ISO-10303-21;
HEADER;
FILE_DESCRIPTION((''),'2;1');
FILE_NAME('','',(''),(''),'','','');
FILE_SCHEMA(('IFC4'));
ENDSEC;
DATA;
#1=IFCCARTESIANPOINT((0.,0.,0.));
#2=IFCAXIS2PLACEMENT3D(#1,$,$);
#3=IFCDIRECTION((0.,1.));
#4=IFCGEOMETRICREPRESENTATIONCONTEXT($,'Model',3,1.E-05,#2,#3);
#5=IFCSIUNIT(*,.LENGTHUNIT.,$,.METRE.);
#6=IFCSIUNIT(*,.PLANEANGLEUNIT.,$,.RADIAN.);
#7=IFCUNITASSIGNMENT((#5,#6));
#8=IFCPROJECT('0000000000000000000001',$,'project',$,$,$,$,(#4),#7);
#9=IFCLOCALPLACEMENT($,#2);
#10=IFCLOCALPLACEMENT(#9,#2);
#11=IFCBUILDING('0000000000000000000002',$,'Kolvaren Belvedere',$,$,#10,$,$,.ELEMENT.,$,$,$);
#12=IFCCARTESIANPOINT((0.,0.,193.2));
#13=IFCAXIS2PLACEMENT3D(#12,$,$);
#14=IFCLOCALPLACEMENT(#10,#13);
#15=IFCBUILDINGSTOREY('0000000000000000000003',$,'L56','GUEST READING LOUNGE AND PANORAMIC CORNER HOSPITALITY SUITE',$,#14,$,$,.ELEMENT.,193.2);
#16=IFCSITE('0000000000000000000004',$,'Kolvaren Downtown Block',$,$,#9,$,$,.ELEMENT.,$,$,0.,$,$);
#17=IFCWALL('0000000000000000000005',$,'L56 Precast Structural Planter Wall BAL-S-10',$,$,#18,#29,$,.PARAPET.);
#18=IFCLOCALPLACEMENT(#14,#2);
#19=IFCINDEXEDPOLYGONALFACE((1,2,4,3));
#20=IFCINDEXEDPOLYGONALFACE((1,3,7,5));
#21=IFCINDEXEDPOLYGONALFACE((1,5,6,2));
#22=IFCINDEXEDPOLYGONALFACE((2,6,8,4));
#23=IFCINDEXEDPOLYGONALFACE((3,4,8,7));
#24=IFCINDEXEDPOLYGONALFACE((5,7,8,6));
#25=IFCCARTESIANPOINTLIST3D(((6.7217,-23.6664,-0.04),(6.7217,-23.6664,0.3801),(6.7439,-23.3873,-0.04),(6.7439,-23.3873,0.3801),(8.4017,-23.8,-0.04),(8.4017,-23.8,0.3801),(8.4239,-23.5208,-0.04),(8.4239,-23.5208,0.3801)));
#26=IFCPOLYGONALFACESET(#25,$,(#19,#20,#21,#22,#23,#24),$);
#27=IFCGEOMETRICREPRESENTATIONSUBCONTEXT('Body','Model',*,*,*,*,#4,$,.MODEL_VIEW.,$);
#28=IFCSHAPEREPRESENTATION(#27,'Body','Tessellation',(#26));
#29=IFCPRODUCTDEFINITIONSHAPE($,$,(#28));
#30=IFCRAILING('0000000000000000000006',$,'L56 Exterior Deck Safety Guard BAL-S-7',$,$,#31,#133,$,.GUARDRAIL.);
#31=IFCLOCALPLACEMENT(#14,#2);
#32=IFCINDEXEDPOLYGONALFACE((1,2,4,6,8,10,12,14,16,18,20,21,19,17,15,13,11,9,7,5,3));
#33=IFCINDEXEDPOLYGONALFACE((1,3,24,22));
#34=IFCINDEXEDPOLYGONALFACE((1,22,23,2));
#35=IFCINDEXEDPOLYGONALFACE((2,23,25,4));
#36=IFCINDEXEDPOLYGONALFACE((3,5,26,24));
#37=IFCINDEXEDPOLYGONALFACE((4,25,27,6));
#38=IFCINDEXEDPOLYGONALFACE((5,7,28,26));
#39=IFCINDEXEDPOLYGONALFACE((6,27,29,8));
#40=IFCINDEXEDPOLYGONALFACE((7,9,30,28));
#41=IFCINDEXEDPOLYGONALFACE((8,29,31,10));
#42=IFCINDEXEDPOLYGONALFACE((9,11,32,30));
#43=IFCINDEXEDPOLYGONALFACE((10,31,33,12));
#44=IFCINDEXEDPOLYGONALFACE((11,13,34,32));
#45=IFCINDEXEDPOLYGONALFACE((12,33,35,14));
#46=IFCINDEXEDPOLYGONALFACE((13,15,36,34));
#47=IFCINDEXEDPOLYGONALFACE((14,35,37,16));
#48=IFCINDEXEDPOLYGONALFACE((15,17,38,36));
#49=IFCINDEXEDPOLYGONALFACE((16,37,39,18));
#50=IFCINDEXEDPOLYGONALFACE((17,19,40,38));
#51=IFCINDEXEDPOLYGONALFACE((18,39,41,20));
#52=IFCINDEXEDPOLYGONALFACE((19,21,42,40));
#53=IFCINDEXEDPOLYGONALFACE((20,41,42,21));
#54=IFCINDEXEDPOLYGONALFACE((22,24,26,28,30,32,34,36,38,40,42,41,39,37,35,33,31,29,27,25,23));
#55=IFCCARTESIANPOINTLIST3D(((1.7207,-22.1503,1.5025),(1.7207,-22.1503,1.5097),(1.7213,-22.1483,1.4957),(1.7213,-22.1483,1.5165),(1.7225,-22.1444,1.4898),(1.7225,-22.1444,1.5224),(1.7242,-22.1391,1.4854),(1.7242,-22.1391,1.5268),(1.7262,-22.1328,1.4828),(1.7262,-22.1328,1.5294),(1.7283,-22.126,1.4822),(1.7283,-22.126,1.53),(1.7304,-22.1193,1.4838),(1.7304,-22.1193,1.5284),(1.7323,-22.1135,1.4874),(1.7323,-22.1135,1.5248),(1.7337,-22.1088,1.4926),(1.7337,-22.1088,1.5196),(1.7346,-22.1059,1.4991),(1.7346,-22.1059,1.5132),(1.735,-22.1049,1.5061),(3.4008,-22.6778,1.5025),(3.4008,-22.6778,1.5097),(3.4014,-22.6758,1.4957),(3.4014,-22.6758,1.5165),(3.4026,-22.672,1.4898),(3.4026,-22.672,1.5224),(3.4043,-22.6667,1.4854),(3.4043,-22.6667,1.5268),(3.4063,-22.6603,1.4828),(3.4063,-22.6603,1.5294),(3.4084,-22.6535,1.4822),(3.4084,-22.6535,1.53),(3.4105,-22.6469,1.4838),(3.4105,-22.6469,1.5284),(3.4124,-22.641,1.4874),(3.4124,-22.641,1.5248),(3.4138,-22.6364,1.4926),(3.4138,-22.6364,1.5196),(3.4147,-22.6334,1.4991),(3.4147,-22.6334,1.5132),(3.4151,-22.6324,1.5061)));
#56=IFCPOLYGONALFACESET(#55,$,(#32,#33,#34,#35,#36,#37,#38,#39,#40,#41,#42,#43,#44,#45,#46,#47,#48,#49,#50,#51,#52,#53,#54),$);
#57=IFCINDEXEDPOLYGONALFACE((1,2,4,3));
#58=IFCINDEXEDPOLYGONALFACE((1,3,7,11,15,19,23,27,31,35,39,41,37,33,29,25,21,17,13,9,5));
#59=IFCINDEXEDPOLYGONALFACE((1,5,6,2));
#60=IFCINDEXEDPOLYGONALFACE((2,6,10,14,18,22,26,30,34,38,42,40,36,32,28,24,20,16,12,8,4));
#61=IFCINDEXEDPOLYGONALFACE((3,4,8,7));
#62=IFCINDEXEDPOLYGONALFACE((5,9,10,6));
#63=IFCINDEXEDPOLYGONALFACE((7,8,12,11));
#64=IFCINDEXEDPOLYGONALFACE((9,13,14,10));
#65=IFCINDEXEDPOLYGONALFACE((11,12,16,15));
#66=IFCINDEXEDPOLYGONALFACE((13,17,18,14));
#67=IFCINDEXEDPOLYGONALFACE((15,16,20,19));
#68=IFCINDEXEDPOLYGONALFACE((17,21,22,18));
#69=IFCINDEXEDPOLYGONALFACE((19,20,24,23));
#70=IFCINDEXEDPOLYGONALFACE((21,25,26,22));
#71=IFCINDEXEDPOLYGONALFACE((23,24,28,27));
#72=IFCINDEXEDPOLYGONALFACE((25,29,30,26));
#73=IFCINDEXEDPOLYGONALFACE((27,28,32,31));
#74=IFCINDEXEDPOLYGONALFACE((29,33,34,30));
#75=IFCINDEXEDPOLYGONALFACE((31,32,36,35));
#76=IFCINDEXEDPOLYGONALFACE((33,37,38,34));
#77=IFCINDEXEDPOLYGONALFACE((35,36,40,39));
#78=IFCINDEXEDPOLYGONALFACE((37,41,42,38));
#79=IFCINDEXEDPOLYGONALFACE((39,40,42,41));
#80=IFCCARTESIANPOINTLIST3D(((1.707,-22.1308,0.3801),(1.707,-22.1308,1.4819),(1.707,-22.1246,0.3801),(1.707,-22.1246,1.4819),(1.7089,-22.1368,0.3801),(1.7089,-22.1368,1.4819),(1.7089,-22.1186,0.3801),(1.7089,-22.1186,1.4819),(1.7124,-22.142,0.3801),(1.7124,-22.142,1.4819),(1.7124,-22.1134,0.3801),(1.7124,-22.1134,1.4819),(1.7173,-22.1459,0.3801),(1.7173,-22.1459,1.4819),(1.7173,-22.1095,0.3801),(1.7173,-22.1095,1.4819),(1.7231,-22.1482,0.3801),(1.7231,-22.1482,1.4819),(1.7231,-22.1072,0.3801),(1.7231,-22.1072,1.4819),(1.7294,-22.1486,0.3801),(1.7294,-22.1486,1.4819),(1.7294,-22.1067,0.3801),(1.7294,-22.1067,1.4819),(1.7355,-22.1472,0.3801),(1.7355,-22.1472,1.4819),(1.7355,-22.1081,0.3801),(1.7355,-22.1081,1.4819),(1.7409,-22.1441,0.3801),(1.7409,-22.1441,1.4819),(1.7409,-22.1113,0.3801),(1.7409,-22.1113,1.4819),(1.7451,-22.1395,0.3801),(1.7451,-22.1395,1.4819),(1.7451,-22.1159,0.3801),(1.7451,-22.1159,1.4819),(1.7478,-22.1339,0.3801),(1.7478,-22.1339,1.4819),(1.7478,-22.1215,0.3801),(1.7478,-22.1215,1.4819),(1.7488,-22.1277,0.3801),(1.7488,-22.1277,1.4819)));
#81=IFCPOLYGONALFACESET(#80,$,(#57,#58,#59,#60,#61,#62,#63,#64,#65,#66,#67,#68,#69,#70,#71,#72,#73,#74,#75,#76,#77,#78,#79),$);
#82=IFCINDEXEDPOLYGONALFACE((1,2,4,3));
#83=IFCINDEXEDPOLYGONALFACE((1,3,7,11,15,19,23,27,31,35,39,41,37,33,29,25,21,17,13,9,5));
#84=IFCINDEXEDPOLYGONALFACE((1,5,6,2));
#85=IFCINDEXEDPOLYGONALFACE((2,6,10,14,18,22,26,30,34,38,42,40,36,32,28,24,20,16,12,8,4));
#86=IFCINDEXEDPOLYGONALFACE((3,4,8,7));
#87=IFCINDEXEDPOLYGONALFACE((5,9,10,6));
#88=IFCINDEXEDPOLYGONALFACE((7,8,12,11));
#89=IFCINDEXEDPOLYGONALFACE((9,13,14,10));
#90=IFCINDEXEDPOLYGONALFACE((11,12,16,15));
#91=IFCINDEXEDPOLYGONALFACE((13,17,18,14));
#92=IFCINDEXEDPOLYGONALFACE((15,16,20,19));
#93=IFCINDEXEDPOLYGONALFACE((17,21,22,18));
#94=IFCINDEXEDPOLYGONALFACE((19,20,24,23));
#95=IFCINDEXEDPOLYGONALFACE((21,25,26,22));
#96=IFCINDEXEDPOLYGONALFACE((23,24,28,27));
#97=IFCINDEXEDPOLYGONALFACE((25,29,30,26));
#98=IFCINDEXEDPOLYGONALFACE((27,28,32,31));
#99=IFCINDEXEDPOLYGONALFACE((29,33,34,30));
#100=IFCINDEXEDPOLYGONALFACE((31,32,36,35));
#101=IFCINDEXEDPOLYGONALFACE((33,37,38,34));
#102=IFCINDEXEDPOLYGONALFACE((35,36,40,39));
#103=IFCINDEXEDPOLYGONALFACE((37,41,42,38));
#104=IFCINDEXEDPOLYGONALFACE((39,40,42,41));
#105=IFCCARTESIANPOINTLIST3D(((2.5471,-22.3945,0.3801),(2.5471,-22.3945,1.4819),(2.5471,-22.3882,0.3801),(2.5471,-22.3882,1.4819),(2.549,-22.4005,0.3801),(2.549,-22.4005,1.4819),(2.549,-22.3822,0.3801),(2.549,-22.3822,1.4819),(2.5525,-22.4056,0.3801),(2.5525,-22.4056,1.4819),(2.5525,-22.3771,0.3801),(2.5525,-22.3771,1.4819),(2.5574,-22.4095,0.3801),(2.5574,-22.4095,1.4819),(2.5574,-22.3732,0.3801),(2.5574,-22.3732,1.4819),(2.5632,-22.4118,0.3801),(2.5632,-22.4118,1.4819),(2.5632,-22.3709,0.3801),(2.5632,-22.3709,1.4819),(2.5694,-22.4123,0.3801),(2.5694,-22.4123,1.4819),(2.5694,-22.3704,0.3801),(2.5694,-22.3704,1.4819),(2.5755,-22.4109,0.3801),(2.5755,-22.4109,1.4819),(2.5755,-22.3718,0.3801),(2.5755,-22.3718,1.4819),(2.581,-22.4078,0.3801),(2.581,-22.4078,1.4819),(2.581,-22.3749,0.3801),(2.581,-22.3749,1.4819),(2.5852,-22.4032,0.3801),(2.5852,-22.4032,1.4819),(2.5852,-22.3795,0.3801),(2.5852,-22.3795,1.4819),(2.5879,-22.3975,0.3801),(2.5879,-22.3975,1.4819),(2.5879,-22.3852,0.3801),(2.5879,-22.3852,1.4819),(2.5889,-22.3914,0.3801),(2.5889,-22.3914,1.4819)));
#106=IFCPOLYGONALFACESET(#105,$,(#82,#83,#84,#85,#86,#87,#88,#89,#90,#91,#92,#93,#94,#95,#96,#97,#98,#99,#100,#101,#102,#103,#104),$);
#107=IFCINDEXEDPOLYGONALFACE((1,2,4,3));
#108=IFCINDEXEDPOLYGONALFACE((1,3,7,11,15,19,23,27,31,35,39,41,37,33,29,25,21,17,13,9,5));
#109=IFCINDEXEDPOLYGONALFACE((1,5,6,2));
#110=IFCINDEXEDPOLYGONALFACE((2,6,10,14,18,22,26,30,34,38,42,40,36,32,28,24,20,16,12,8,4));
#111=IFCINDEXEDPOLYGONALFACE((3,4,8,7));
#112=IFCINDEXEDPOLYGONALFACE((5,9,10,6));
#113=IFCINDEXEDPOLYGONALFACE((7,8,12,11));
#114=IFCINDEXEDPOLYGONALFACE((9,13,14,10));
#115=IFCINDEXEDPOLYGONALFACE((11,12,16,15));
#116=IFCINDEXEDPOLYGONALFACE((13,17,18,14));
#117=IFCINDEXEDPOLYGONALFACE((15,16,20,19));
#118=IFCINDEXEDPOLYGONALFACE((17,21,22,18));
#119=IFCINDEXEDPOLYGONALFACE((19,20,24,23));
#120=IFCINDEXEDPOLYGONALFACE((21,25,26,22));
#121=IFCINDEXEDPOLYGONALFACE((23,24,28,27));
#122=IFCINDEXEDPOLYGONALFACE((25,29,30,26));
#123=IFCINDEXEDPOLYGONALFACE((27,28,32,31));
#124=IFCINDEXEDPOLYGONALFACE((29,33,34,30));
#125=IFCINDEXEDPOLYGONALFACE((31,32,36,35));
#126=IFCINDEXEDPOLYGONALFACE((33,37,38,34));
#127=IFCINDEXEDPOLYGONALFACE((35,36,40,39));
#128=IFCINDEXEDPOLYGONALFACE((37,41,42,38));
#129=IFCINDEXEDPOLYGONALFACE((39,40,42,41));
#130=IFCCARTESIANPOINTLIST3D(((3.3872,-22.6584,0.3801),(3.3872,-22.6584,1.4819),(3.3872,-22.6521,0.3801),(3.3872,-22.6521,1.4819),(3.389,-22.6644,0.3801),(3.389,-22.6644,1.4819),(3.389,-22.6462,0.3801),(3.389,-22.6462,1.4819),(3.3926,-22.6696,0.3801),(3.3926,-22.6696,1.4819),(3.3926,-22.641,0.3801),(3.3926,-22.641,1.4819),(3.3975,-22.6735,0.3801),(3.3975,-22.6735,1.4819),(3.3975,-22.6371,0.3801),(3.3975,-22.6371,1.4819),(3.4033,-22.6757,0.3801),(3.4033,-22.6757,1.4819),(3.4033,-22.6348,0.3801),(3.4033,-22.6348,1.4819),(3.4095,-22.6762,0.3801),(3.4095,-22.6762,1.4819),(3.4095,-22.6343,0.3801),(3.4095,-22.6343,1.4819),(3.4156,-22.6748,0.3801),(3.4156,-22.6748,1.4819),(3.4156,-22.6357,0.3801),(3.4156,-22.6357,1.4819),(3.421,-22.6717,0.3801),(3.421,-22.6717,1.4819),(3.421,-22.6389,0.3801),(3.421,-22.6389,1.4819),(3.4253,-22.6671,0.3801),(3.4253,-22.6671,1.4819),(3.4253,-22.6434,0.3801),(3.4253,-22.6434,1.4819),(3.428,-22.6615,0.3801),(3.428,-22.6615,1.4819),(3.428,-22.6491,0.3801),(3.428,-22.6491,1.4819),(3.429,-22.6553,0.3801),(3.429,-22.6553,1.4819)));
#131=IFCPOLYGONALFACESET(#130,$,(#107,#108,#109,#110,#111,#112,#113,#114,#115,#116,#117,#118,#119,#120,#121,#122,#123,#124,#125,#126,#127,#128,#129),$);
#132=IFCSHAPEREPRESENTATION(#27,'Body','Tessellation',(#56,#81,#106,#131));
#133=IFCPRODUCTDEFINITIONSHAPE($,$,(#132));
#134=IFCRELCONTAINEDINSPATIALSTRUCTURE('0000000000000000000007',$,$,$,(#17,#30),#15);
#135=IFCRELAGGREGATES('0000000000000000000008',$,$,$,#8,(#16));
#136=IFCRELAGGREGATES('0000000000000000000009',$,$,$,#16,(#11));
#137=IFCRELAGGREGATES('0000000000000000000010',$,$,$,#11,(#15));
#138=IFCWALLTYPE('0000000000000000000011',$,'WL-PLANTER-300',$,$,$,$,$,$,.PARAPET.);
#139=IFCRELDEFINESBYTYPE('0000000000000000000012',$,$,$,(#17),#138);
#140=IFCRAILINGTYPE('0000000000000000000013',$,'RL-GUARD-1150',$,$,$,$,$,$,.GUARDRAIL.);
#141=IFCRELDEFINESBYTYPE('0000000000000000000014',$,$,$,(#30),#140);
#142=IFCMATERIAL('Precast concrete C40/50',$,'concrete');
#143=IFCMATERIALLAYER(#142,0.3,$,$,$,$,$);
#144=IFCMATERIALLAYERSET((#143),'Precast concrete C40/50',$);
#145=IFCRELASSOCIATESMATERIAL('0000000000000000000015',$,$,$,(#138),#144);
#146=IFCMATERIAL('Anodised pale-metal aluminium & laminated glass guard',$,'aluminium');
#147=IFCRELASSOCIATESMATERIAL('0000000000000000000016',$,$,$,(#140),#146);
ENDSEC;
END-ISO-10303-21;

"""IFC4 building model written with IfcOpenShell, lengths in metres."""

from ifc_helpers import new_model, si_unit, direction, frame, frame_2d, origin, origin_2d, place, context, subcontext, project, spatial, rectangle, circle, extrude, material, layer, layer_set, type_object, element, save


model = new_model("IFC4")

# Units and contexts
model_context = context("Model", 3, precision=1e-05, world=origin(), true_north=direction((0.0, 1.0)))
body_context = subcontext(model_context, "Body", "Model", "MODEL_VIEW")
ifc_project = project(units=[si_unit("LENGTHUNIT", "METRE"), si_unit("PLANEANGLEUNIT", "RADIAN")], contexts=[model_context])

# Site, building, storey
site_placement = place(None, origin())
site = spatial("IfcSite", under=ifc_project, at=site_placement, Name="Kolvaren Downtown Block", CompositionType="ELEMENT", RefElevation=0.0)
building_placement = place(site_placement, origin())
building = spatial("IfcBuilding", under=site, at=building_placement, Name="Kolvaren Belvedere", CompositionType="ELEMENT")
storey_placement = place(building_placement, frame((0.0, 0.0, 193.2)))
storey = spatial("IfcBuildingStorey", under=building, at=storey_placement, Name="L56", Description="GUEST READING LOUNGE AND PANORAMIC CORNER HOSPITALITY SUITE", CompositionType="ELEMENT", Elevation=193.2)

# Wall
ifc_material_1 = material(Name="Precast concrete C40/50", Category="concrete")
ifc_layer_1 = layer(ifc_material_1, 0.3)
ifc_layer_set_1 = layer_set([ifc_layer_1], Name="Precast concrete C40/50")
wall_type_1 = type_object("IfcWallType", Name="WL-PLANTER-300", PredefinedType="PARAPET", material=ifc_layer_set_1)
wall_1_placement = place(storey_placement, frame((6.7327, -23.5269, -0.04), z_axis=(0.0, 0.0, 1.0), x_axis=(0.996855, -0.079244, 0.0)))
element("IfcWall", 1, at=wall_1_placement, inside=storey, type_object=wall_type_1, Name="L56 Precast Structural Planter Wall BAL-S-10", PredefinedType="PARAPET", context=body_context, shape_type="SweptSolid", body=[
    extrude(rectangle(XDim=1.6853, YDim=0.28, at=frame_2d((0.8428, 0.0))), origin(), (0.0, 0.0, 1.0), 0.4202),
])

# Railing
ifc_material_2 = material(Name="Anodised pale-metal aluminium & laminated glass guard", Category="aluminium")
railing_type = type_object("IfcRailingType", Name="RL-GUARD-1150", PredefinedType="GUARDRAIL", material=ifc_material_2)
railing_1_placement = place(storey_placement, frame((1.7278, -22.1277, 0.3801)))
element("IfcRailing", 2, at=railing_1_placement, inside=storey, type_object=railing_type, Name="L56 Exterior Deck Safety Guard BAL-S-7", PredefinedType="GUARDRAIL", context=body_context, shape_type="SweptSolid", body=[
    extrude(circle(Radius=0.0239, at=origin_2d()), frame((0.0, 0.0, 1.126), z_axis=(0.95407, -0.299585, 0.0), x_axis=(0.299585, 0.95407, 0.0)), (0.0, 0.0, 1.0), 1.761),
    extrude(circle(Radius=0.021, at=origin_2d()), origin(), (0.0, 0.0, 1.0), 1.1018),
    extrude(circle(Radius=0.021, at=origin_2d()), frame((0.8401, -0.2637, 0.0)), (0.0, 0.0, 1.0), 1.1018),
    extrude(circle(Radius=0.021, at=origin_2d()), frame((1.6802, -0.5276, 0.0)), (0.0, 0.0, 1.0), 1.1018),
])

save(model, "model.ifc")
